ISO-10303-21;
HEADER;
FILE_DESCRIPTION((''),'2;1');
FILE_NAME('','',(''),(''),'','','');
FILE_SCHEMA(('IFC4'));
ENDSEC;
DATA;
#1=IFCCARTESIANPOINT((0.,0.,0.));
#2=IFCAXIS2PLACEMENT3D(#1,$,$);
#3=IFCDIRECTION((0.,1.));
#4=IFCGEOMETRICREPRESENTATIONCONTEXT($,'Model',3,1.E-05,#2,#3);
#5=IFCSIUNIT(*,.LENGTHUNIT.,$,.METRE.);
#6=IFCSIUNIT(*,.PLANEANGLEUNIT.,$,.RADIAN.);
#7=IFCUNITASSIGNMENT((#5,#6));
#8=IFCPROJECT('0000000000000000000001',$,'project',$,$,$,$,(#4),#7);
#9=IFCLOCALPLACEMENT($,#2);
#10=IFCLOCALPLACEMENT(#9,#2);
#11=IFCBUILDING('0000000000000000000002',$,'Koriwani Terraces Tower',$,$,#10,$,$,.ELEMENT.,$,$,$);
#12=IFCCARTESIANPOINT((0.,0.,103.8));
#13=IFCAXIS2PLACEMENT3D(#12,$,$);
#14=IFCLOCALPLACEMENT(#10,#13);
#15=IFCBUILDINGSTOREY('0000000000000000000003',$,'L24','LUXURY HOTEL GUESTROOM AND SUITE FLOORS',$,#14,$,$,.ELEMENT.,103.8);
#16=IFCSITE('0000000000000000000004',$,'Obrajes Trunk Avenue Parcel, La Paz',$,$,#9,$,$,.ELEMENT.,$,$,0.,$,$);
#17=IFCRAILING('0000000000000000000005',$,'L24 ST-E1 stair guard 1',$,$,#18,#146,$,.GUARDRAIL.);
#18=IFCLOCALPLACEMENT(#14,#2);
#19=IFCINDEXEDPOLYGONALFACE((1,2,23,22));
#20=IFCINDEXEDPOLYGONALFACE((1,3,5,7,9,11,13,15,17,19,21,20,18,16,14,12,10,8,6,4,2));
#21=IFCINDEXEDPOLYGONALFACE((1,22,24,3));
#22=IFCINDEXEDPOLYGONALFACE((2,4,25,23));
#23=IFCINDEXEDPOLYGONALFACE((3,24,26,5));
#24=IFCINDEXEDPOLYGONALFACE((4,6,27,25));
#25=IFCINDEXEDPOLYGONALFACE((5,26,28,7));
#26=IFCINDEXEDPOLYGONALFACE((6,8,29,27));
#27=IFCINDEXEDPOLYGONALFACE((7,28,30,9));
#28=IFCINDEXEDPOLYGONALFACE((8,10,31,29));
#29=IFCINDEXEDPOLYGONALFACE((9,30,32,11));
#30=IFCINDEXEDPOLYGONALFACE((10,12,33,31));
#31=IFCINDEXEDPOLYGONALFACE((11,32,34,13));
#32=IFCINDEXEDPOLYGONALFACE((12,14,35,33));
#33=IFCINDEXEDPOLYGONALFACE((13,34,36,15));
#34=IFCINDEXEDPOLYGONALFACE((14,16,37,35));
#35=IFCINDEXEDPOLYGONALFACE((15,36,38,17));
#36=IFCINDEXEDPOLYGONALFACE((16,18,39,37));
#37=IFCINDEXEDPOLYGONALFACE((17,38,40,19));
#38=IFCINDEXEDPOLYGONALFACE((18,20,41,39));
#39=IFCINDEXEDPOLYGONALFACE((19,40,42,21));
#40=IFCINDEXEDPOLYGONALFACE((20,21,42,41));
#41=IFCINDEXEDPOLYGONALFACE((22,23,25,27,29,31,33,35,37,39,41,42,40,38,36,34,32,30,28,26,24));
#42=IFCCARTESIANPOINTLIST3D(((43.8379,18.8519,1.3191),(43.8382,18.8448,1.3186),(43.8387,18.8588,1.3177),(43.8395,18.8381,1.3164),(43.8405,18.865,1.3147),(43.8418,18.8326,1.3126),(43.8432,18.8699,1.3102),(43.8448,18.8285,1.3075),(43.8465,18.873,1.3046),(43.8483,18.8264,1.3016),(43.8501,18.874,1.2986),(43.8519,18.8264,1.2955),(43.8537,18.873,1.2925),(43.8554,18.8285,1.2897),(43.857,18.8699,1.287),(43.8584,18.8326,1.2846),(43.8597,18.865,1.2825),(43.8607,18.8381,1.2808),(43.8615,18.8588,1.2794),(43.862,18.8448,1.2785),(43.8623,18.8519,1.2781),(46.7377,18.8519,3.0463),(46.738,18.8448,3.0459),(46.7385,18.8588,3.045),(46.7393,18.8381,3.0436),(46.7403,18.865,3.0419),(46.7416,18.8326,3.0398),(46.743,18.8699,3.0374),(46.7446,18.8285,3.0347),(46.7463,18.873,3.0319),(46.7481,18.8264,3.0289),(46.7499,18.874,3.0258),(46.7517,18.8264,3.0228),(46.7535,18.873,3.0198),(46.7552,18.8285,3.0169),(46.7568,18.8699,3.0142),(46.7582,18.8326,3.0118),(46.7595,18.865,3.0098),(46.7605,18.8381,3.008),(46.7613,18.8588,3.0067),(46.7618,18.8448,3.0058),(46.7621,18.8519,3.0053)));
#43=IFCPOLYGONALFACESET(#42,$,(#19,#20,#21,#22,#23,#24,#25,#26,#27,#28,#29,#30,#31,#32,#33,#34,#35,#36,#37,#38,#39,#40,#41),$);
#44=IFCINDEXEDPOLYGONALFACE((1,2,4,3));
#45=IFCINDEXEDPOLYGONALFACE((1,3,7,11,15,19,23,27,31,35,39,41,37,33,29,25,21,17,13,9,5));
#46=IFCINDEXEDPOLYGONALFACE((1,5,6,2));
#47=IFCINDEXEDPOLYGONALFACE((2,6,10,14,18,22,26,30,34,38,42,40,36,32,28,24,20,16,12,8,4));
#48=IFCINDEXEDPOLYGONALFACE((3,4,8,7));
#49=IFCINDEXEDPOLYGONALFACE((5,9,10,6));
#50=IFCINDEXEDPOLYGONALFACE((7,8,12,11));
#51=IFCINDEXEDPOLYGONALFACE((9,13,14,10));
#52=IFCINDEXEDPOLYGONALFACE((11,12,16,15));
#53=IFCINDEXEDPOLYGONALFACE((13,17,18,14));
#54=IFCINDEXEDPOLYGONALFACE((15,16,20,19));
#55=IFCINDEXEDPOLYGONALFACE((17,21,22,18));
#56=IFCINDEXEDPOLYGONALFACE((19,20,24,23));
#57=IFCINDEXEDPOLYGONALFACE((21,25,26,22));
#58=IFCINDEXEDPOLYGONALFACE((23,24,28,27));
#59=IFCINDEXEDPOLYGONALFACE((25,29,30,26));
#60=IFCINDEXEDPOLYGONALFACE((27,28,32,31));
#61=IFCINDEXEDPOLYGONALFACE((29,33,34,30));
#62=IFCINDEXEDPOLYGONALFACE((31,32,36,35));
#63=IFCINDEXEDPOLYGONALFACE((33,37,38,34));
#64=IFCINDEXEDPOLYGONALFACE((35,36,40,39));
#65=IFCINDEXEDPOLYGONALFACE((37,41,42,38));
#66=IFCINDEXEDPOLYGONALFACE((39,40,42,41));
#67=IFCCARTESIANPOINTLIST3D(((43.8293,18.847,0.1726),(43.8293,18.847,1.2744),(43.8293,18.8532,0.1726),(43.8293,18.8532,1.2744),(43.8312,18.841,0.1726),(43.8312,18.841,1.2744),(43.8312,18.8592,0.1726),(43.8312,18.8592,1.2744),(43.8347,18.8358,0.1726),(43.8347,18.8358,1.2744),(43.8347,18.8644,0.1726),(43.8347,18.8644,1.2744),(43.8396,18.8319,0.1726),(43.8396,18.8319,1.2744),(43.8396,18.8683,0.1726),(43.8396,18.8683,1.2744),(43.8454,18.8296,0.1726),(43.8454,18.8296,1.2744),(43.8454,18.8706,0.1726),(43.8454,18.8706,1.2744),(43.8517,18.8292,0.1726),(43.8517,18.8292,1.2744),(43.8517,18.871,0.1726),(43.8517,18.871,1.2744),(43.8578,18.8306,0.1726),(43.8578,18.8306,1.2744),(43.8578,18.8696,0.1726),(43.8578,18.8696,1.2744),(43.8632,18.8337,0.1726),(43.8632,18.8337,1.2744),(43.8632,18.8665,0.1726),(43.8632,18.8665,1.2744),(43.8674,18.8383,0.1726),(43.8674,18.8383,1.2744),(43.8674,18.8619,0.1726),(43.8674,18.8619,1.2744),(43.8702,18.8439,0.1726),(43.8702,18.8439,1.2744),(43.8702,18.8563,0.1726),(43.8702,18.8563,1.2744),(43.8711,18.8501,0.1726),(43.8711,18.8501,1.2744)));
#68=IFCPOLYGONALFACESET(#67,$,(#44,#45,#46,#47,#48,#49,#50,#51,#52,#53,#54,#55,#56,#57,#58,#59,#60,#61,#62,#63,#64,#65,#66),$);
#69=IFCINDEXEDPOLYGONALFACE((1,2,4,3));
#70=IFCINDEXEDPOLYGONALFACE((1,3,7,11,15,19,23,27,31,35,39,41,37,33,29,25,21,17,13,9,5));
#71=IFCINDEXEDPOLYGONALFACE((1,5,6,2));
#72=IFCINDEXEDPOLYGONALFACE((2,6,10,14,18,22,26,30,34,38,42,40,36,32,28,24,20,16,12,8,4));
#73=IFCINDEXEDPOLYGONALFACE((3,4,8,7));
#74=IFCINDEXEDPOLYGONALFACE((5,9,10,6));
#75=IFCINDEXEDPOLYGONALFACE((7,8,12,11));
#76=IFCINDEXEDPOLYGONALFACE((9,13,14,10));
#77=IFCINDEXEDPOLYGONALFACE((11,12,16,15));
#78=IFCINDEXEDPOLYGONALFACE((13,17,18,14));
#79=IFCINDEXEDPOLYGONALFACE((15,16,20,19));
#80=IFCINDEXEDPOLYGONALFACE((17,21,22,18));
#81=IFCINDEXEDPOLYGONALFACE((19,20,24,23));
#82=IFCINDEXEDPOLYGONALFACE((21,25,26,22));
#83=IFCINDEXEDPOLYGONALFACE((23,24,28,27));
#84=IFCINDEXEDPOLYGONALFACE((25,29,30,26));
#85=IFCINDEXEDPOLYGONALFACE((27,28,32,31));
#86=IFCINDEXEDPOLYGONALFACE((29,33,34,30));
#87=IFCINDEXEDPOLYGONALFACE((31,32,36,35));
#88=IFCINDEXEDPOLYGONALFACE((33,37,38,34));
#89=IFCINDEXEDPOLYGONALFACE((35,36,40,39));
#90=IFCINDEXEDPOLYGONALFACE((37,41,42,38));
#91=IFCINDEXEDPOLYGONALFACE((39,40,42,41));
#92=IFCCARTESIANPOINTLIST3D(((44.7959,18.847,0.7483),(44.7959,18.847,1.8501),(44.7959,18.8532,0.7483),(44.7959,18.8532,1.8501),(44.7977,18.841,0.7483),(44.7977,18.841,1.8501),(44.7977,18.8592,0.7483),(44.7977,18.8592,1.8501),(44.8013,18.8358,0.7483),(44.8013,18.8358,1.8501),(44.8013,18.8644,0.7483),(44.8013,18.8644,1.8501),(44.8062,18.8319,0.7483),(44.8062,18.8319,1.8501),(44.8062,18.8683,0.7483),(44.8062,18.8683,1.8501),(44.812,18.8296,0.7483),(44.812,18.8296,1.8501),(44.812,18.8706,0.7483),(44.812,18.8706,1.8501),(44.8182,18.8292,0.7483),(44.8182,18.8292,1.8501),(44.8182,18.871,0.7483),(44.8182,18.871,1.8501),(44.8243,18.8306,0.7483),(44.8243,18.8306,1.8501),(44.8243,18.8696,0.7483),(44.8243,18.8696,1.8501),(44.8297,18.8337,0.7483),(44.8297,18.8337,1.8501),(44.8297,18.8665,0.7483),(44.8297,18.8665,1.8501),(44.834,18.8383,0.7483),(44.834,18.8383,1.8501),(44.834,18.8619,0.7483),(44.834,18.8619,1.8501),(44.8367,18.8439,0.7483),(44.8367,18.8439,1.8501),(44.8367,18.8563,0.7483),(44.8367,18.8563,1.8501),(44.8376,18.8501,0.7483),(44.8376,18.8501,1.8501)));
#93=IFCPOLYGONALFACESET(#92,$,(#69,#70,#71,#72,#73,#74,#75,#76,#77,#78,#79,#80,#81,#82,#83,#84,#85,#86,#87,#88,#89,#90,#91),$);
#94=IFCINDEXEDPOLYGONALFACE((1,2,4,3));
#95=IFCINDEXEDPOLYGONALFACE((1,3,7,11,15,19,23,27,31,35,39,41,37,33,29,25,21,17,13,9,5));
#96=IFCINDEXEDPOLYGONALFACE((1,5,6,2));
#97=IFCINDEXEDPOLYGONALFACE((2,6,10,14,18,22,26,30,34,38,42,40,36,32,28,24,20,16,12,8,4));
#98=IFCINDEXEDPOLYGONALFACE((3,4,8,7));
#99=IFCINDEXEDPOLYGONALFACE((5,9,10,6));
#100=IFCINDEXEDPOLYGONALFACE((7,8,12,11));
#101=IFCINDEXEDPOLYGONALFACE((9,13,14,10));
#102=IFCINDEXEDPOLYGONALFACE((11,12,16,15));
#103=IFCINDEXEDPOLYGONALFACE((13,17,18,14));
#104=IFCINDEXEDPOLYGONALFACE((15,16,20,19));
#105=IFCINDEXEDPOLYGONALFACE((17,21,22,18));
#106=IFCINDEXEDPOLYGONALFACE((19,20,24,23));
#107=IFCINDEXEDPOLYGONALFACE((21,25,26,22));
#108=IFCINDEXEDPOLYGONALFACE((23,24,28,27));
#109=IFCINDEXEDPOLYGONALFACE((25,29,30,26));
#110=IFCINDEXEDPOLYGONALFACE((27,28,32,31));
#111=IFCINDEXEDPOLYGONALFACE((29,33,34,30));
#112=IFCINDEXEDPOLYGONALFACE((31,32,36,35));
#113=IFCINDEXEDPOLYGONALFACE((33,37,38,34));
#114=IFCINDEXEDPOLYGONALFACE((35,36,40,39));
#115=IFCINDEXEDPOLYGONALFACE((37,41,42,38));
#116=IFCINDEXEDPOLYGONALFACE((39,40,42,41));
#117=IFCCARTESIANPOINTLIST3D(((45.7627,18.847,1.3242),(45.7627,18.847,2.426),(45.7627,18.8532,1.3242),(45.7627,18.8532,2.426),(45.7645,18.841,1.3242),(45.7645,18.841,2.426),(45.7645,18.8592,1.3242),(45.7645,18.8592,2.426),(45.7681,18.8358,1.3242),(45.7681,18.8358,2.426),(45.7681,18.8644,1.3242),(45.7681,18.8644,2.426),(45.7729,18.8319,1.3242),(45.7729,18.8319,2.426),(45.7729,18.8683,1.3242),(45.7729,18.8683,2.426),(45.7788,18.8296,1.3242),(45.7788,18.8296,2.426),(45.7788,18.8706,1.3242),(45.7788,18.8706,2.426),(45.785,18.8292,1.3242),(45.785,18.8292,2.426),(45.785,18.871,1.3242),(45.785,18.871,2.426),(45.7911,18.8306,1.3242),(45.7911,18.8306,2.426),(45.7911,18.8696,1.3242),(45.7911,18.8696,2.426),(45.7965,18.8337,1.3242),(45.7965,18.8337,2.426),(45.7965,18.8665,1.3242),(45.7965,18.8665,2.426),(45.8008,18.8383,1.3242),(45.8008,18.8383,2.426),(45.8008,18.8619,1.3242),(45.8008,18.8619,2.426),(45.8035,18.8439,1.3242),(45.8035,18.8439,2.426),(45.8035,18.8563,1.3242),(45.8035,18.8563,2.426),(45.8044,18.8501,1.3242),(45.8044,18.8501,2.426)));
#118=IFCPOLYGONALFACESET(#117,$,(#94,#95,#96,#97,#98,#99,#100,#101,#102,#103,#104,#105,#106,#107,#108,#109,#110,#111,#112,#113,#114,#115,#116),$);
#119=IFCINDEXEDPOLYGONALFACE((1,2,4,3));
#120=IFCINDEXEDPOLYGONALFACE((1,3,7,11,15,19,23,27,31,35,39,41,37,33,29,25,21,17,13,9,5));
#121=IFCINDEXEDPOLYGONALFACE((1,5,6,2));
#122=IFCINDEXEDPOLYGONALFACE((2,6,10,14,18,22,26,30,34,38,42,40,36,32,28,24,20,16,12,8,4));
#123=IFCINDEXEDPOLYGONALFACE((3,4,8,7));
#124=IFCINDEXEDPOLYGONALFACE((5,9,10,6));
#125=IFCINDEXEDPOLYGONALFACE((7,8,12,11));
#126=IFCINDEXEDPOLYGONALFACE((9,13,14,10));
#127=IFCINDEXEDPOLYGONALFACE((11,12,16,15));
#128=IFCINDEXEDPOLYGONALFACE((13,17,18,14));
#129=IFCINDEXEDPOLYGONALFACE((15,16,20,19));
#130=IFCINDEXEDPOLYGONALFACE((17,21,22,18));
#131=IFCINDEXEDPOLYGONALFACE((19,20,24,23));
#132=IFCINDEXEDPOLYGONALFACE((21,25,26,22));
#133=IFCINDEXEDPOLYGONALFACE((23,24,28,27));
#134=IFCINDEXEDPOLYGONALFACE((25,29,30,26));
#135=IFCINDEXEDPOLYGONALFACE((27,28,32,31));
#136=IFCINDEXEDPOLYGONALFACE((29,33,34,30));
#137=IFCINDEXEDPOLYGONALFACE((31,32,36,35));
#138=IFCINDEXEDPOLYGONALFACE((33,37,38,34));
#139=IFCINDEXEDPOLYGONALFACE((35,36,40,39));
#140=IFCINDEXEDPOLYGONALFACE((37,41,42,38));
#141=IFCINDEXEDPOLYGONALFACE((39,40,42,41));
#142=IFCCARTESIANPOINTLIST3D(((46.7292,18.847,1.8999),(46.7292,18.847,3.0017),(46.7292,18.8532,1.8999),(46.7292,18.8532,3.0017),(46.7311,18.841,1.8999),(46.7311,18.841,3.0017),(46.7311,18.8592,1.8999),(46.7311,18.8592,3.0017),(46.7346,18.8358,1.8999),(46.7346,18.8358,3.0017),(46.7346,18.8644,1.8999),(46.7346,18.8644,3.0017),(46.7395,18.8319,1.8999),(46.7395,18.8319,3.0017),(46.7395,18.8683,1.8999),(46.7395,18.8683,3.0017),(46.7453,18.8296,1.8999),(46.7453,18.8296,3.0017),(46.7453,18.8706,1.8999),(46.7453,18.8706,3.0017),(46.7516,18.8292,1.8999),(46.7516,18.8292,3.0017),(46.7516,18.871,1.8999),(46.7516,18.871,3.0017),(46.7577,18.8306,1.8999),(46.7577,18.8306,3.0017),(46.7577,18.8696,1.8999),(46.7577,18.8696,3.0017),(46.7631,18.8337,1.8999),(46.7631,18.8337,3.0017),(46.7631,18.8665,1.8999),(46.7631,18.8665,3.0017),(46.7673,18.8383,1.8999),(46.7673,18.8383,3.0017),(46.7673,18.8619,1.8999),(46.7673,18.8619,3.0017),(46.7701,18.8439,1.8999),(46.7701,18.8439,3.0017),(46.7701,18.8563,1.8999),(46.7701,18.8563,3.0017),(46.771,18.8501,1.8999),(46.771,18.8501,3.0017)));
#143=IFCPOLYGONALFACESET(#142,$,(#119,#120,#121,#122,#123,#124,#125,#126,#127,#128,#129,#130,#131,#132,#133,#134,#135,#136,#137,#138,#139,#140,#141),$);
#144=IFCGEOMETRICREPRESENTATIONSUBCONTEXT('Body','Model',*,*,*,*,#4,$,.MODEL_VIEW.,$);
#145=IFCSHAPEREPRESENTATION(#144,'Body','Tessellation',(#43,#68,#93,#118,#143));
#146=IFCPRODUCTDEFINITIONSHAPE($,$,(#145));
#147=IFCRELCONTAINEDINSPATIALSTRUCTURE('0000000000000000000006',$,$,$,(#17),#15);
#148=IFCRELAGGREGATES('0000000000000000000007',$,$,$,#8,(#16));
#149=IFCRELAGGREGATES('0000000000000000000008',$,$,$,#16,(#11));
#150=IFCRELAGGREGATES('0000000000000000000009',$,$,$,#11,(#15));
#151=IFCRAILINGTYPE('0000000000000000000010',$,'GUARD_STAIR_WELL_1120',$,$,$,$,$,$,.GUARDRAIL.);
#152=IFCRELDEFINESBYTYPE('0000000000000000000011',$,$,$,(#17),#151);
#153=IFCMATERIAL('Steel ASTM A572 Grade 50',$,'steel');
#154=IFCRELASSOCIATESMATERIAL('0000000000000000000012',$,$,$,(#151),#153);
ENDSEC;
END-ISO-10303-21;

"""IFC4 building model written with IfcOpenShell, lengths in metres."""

from ifc_helpers import new_model, si_unit, direction, frame, origin, origin_2d, place, context, subcontext, project, spatial, circle, extrude, material, type_object, element, save


model = new_model("IFC4")

# Units and contexts
model_context = context("Model", 3, precision=1e-05, world=origin(), true_north=direction((0.0, 1.0)))
body_context = subcontext(model_context, "Body", "Model", "MODEL_VIEW")
ifc_project = project(units=[si_unit("LENGTHUNIT", "METRE"), si_unit("PLANEANGLEUNIT", "RADIAN")], contexts=[model_context])

# Site, building, storey
site_placement = place(None, origin())
site = spatial("IfcSite", under=ifc_project, at=site_placement, Name="Obrajes Trunk Avenue Parcel, La Paz", CompositionType="ELEMENT", RefElevation=0.0)
building_placement = place(site_placement, origin())
building = spatial("IfcBuilding", under=site, at=building_placement, Name="Koriwani Terraces Tower", CompositionType="ELEMENT")
storey_placement = place(building_placement, frame((0.0, 0.0, 103.8)))
storey = spatial("IfcBuildingStorey", under=building, at=storey_placement, Name="L24", Description="LUXURY HOTEL GUESTROOM AND SUITE FLOORS", CompositionType="ELEMENT", Elevation=103.8)

# Shared definitions
ifc_material_1 = material(Name="Steel ASTM A572 Grade 50", Category="steel")

# Railing
railing_type_1 = type_object("IfcRailingType", Name="GUARD_STAIR_WELL_1120", PredefinedType="GUARDRAIL", material=ifc_material_1)
railing_1_placement = place(storey_placement, frame((43.8501, 18.8501, 0.1726)))
element("IfcRailing", 1, at=railing_1_placement, inside=storey, type_object=railing_type_1, Name="L24 ST-E1 stair guard 1", PredefinedType="GUARDRAIL", context=body_context, shape_type="SweptSolid", body=[
    extrude(circle(Radius=0.0239, at=origin_2d()), frame((0.0, 0.0, 1.126), z_axis=(0.859141, 0.0, 0.511738), x_axis=(0.0, 1.0, 0.0)), (0.0, 0.0, 1.0), 3.3752),
    extrude(circle(Radius=0.021, at=origin_2d()), origin(), (0.0, 0.0, 1.0), 1.1018),
    extrude(circle(Radius=0.021, at=origin_2d()), frame((0.9666, 0.0, 0.5757)), (0.0, 0.0, 1.0), 1.1018),
    extrude(circle(Radius=0.021, at=origin_2d()), frame((1.9333, 0.0, 1.1516)), (0.0, 0.0, 1.0), 1.1018),
    extrude(circle(Radius=0.021, at=origin_2d()), frame((2.8999, 0.0, 1.7273)), (0.0, 0.0, 1.0), 1.1018),
])

save(model, "model.ifc")
